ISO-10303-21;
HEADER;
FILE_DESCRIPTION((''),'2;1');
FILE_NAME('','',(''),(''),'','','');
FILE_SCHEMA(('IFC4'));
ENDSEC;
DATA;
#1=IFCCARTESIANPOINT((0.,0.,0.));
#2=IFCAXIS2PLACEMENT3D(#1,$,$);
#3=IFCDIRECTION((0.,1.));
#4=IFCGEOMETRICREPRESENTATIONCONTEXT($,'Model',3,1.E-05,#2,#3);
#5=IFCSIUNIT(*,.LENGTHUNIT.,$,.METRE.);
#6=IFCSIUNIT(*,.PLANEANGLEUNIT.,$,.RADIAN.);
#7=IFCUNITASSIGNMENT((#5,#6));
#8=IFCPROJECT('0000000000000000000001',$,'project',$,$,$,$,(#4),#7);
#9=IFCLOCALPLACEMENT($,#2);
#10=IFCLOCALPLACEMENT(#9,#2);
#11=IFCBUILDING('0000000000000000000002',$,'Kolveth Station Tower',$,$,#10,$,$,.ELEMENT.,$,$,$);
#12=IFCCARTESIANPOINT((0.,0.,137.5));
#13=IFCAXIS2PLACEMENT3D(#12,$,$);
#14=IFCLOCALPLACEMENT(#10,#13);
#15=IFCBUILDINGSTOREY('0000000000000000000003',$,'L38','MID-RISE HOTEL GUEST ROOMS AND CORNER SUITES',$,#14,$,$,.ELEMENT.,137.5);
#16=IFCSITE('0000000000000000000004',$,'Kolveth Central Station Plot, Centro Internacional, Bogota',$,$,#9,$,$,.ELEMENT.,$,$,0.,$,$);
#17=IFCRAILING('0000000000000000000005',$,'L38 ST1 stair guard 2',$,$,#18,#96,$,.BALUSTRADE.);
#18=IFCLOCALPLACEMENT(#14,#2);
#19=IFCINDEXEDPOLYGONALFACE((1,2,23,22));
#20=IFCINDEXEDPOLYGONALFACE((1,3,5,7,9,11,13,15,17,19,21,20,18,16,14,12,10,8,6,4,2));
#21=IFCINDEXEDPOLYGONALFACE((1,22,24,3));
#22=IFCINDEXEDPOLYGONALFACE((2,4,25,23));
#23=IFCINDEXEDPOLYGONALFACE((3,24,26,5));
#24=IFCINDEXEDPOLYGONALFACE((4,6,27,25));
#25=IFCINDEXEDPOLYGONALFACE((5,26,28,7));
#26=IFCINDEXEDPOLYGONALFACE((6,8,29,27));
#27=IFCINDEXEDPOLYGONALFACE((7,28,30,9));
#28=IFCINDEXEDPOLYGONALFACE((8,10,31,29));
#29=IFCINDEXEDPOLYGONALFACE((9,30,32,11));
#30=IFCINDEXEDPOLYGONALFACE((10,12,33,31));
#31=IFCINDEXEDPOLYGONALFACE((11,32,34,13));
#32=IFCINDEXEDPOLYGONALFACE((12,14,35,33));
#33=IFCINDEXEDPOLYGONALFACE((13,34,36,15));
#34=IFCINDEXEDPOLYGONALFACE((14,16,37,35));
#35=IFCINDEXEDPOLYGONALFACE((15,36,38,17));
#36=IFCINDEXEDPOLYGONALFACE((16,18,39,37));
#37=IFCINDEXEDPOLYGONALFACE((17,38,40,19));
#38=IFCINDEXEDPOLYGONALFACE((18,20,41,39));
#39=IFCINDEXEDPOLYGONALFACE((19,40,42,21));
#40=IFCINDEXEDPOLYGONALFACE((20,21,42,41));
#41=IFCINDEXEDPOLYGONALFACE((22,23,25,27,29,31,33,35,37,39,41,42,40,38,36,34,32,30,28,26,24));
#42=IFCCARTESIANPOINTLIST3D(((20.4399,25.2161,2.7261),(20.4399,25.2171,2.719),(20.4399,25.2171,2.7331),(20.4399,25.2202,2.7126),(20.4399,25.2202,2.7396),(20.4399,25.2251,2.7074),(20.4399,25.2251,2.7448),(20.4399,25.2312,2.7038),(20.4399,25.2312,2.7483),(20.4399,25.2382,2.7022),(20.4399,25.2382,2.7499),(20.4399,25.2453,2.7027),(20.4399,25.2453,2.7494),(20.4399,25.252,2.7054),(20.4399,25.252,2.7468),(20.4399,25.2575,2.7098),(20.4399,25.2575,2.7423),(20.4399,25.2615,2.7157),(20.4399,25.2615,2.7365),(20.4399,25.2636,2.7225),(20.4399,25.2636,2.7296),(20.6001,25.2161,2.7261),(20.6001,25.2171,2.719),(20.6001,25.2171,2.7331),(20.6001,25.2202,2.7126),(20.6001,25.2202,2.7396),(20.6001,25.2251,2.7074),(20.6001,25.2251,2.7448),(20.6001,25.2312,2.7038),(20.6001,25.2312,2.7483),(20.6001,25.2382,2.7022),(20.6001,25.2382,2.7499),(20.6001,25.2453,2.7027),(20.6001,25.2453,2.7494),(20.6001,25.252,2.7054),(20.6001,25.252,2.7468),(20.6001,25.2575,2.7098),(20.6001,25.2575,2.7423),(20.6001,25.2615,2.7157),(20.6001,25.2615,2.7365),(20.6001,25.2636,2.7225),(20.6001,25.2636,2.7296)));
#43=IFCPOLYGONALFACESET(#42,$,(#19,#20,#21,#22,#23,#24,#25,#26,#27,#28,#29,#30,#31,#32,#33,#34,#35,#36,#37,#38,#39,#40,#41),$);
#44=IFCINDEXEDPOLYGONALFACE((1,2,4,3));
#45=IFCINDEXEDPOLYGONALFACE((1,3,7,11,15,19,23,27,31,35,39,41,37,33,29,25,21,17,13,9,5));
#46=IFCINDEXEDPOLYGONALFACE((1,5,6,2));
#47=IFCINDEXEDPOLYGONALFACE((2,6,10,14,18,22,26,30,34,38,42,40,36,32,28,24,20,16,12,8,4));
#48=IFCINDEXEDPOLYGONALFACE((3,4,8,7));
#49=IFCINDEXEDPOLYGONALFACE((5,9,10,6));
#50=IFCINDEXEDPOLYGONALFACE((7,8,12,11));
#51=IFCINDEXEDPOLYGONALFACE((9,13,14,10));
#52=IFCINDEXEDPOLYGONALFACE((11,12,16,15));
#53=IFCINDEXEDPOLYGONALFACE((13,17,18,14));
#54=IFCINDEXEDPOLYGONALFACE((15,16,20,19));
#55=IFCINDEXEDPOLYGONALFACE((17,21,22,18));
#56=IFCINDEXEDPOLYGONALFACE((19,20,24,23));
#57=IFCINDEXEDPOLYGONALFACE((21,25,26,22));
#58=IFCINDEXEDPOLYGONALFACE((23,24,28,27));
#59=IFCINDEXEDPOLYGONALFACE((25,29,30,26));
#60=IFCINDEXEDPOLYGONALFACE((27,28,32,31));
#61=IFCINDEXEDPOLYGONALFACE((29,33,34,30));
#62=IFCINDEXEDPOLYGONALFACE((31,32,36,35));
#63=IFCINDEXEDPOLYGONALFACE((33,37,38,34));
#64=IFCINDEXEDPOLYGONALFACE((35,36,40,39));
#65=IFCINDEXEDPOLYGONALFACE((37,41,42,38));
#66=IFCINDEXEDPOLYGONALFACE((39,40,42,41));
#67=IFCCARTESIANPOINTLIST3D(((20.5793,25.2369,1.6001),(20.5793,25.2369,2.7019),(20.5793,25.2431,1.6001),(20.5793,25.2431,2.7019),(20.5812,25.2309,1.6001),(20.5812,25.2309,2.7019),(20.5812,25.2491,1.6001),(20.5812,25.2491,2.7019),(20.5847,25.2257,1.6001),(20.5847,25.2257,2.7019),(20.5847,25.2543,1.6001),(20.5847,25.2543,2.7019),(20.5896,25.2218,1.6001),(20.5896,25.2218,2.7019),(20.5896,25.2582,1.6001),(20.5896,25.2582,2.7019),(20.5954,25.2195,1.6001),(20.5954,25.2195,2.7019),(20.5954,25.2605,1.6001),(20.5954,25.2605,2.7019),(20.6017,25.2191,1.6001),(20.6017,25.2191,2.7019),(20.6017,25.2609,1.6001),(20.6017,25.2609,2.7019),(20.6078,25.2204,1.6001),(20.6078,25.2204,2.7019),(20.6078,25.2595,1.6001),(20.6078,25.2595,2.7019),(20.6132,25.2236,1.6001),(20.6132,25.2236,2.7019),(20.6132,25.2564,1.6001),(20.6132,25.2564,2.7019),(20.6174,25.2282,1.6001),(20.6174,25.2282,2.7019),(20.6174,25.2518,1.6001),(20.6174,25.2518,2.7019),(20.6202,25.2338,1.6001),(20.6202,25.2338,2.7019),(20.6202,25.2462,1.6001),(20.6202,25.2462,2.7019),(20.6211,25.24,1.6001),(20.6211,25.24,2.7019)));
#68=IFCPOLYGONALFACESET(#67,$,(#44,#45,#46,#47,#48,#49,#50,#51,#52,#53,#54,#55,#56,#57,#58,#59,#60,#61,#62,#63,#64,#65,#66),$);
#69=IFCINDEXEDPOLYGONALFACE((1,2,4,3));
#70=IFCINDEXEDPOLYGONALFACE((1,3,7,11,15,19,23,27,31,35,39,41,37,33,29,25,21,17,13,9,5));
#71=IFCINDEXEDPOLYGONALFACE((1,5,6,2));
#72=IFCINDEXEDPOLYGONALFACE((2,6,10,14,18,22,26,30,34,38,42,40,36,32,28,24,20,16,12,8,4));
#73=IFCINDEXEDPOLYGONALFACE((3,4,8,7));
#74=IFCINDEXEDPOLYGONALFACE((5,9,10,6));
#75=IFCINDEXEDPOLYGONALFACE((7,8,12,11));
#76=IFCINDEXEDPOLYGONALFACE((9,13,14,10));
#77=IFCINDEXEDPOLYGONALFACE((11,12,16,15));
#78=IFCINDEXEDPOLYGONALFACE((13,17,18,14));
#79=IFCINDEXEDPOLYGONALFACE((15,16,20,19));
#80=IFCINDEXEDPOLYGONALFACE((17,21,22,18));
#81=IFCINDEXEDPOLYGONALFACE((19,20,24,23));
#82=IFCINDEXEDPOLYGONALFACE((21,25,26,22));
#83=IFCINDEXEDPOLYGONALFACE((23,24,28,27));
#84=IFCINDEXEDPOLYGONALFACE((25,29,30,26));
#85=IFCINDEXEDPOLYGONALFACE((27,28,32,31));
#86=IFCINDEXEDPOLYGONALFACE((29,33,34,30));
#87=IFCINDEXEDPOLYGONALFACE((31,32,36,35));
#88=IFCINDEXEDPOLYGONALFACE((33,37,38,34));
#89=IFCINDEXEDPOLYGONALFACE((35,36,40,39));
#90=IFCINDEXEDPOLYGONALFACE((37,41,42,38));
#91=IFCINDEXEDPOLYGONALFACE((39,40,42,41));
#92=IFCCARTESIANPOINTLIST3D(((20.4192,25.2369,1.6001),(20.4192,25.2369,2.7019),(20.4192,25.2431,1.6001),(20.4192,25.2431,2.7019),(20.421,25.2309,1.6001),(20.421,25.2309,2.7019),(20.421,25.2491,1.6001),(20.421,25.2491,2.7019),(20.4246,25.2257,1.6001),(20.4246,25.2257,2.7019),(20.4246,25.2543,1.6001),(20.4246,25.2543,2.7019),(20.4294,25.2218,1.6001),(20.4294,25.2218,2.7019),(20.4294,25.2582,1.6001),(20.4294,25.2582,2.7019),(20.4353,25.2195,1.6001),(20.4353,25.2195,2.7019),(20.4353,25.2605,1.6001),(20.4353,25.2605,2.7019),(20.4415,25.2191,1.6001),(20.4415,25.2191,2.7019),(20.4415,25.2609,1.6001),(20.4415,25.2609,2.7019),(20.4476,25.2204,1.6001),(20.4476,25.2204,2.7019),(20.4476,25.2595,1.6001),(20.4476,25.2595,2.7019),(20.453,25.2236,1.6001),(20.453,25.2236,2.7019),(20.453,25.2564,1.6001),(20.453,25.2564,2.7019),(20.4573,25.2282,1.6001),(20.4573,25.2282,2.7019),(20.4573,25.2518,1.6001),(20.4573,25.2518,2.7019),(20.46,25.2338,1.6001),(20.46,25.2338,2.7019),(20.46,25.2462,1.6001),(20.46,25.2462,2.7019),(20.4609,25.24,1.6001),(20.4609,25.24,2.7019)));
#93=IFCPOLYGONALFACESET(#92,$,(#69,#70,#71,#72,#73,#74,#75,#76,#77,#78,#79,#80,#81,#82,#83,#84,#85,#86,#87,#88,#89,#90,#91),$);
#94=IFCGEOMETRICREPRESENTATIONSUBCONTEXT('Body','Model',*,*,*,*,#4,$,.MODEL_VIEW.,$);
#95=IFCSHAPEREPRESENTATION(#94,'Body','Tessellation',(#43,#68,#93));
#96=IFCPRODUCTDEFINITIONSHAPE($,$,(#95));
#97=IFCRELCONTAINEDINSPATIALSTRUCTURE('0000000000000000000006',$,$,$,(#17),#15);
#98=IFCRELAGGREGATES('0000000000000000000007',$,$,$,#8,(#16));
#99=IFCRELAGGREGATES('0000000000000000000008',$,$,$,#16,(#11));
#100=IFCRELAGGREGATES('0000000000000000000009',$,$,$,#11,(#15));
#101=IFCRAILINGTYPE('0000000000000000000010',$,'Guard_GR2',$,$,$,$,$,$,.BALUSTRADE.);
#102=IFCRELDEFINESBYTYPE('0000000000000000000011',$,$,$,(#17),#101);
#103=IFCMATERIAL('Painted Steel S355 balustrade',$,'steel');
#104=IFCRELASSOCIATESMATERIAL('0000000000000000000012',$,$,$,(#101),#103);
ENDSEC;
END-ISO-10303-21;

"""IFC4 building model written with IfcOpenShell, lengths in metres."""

from ifc_helpers import new_model, si_unit, direction, frame, origin, origin_2d, place, context, subcontext, project, spatial, circle, extrude, material, type_object, element, save


model = new_model("IFC4")

# Units and contexts
model_context = context("Model", 3, precision=1e-05, world=origin(), true_north=direction((0.0, 1.0)))
body_context = subcontext(model_context, "Body", "Model", "MODEL_VIEW")
ifc_project = project(units=[si_unit("LENGTHUNIT", "METRE"), si_unit("PLANEANGLEUNIT", "RADIAN")], contexts=[model_context])

# Site, building, storey
site_placement = place(None, origin())
site = spatial("IfcSite", under=ifc_project, at=site_placement, Name="Kolveth Central Station Plot, Centro Internacional, Bogota", CompositionType="ELEMENT", RefElevation=0.0)
building_placement = place(site_placement, origin())
building = spatial("IfcBuilding", under=site, at=building_placement, Name="Kolveth Station Tower", CompositionType="ELEMENT")
storey_placement = place(building_placement, frame((0.0, 0.0, 137.5)))
storey = spatial("IfcBuildingStorey", under=building, at=storey_placement, Name="L38", Description="MID-RISE HOTEL GUEST ROOMS AND CORNER SUITES", CompositionType="ELEMENT", Elevation=137.5)

# Railing
ifc_material_1 = material(Name="Painted Steel S355 balustrade", Category="steel")
railing_type_1 = type_object("IfcRailingType", Name="Guard_GR2", PredefinedType="BALUSTRADE", material=ifc_material_1)
railing_1_placement = place(storey_placement, frame((20.6001, 25.24, 1.6001)))
element("IfcRailing", 1, at=railing_1_placement, inside=storey, type_object=railing_type_1, Name="L38 ST1 stair guard 2", PredefinedType="BALUSTRADE", context=body_context, shape_type="SweptSolid", body=[
    extrude(circle(Radius=0.0239, at=origin_2d()), frame((0.0, 0.0, 1.126), z_axis=(-1.0, 0.0, 0.0), x_axis=(0.0, -1.0, 0.0)), (0.0, 0.0, 1.0), 0.1602),
    extrude(circle(Radius=0.021, at=origin_2d()), origin(), (0.0, 0.0, 1.0), 1.1018),
    extrude(circle(Radius=0.021, at=origin_2d()), frame((-0.1602, 0.0, 0.0)), (0.0, 0.0, 1.0), 1.1018),
])

save(model, "model.ifc")
